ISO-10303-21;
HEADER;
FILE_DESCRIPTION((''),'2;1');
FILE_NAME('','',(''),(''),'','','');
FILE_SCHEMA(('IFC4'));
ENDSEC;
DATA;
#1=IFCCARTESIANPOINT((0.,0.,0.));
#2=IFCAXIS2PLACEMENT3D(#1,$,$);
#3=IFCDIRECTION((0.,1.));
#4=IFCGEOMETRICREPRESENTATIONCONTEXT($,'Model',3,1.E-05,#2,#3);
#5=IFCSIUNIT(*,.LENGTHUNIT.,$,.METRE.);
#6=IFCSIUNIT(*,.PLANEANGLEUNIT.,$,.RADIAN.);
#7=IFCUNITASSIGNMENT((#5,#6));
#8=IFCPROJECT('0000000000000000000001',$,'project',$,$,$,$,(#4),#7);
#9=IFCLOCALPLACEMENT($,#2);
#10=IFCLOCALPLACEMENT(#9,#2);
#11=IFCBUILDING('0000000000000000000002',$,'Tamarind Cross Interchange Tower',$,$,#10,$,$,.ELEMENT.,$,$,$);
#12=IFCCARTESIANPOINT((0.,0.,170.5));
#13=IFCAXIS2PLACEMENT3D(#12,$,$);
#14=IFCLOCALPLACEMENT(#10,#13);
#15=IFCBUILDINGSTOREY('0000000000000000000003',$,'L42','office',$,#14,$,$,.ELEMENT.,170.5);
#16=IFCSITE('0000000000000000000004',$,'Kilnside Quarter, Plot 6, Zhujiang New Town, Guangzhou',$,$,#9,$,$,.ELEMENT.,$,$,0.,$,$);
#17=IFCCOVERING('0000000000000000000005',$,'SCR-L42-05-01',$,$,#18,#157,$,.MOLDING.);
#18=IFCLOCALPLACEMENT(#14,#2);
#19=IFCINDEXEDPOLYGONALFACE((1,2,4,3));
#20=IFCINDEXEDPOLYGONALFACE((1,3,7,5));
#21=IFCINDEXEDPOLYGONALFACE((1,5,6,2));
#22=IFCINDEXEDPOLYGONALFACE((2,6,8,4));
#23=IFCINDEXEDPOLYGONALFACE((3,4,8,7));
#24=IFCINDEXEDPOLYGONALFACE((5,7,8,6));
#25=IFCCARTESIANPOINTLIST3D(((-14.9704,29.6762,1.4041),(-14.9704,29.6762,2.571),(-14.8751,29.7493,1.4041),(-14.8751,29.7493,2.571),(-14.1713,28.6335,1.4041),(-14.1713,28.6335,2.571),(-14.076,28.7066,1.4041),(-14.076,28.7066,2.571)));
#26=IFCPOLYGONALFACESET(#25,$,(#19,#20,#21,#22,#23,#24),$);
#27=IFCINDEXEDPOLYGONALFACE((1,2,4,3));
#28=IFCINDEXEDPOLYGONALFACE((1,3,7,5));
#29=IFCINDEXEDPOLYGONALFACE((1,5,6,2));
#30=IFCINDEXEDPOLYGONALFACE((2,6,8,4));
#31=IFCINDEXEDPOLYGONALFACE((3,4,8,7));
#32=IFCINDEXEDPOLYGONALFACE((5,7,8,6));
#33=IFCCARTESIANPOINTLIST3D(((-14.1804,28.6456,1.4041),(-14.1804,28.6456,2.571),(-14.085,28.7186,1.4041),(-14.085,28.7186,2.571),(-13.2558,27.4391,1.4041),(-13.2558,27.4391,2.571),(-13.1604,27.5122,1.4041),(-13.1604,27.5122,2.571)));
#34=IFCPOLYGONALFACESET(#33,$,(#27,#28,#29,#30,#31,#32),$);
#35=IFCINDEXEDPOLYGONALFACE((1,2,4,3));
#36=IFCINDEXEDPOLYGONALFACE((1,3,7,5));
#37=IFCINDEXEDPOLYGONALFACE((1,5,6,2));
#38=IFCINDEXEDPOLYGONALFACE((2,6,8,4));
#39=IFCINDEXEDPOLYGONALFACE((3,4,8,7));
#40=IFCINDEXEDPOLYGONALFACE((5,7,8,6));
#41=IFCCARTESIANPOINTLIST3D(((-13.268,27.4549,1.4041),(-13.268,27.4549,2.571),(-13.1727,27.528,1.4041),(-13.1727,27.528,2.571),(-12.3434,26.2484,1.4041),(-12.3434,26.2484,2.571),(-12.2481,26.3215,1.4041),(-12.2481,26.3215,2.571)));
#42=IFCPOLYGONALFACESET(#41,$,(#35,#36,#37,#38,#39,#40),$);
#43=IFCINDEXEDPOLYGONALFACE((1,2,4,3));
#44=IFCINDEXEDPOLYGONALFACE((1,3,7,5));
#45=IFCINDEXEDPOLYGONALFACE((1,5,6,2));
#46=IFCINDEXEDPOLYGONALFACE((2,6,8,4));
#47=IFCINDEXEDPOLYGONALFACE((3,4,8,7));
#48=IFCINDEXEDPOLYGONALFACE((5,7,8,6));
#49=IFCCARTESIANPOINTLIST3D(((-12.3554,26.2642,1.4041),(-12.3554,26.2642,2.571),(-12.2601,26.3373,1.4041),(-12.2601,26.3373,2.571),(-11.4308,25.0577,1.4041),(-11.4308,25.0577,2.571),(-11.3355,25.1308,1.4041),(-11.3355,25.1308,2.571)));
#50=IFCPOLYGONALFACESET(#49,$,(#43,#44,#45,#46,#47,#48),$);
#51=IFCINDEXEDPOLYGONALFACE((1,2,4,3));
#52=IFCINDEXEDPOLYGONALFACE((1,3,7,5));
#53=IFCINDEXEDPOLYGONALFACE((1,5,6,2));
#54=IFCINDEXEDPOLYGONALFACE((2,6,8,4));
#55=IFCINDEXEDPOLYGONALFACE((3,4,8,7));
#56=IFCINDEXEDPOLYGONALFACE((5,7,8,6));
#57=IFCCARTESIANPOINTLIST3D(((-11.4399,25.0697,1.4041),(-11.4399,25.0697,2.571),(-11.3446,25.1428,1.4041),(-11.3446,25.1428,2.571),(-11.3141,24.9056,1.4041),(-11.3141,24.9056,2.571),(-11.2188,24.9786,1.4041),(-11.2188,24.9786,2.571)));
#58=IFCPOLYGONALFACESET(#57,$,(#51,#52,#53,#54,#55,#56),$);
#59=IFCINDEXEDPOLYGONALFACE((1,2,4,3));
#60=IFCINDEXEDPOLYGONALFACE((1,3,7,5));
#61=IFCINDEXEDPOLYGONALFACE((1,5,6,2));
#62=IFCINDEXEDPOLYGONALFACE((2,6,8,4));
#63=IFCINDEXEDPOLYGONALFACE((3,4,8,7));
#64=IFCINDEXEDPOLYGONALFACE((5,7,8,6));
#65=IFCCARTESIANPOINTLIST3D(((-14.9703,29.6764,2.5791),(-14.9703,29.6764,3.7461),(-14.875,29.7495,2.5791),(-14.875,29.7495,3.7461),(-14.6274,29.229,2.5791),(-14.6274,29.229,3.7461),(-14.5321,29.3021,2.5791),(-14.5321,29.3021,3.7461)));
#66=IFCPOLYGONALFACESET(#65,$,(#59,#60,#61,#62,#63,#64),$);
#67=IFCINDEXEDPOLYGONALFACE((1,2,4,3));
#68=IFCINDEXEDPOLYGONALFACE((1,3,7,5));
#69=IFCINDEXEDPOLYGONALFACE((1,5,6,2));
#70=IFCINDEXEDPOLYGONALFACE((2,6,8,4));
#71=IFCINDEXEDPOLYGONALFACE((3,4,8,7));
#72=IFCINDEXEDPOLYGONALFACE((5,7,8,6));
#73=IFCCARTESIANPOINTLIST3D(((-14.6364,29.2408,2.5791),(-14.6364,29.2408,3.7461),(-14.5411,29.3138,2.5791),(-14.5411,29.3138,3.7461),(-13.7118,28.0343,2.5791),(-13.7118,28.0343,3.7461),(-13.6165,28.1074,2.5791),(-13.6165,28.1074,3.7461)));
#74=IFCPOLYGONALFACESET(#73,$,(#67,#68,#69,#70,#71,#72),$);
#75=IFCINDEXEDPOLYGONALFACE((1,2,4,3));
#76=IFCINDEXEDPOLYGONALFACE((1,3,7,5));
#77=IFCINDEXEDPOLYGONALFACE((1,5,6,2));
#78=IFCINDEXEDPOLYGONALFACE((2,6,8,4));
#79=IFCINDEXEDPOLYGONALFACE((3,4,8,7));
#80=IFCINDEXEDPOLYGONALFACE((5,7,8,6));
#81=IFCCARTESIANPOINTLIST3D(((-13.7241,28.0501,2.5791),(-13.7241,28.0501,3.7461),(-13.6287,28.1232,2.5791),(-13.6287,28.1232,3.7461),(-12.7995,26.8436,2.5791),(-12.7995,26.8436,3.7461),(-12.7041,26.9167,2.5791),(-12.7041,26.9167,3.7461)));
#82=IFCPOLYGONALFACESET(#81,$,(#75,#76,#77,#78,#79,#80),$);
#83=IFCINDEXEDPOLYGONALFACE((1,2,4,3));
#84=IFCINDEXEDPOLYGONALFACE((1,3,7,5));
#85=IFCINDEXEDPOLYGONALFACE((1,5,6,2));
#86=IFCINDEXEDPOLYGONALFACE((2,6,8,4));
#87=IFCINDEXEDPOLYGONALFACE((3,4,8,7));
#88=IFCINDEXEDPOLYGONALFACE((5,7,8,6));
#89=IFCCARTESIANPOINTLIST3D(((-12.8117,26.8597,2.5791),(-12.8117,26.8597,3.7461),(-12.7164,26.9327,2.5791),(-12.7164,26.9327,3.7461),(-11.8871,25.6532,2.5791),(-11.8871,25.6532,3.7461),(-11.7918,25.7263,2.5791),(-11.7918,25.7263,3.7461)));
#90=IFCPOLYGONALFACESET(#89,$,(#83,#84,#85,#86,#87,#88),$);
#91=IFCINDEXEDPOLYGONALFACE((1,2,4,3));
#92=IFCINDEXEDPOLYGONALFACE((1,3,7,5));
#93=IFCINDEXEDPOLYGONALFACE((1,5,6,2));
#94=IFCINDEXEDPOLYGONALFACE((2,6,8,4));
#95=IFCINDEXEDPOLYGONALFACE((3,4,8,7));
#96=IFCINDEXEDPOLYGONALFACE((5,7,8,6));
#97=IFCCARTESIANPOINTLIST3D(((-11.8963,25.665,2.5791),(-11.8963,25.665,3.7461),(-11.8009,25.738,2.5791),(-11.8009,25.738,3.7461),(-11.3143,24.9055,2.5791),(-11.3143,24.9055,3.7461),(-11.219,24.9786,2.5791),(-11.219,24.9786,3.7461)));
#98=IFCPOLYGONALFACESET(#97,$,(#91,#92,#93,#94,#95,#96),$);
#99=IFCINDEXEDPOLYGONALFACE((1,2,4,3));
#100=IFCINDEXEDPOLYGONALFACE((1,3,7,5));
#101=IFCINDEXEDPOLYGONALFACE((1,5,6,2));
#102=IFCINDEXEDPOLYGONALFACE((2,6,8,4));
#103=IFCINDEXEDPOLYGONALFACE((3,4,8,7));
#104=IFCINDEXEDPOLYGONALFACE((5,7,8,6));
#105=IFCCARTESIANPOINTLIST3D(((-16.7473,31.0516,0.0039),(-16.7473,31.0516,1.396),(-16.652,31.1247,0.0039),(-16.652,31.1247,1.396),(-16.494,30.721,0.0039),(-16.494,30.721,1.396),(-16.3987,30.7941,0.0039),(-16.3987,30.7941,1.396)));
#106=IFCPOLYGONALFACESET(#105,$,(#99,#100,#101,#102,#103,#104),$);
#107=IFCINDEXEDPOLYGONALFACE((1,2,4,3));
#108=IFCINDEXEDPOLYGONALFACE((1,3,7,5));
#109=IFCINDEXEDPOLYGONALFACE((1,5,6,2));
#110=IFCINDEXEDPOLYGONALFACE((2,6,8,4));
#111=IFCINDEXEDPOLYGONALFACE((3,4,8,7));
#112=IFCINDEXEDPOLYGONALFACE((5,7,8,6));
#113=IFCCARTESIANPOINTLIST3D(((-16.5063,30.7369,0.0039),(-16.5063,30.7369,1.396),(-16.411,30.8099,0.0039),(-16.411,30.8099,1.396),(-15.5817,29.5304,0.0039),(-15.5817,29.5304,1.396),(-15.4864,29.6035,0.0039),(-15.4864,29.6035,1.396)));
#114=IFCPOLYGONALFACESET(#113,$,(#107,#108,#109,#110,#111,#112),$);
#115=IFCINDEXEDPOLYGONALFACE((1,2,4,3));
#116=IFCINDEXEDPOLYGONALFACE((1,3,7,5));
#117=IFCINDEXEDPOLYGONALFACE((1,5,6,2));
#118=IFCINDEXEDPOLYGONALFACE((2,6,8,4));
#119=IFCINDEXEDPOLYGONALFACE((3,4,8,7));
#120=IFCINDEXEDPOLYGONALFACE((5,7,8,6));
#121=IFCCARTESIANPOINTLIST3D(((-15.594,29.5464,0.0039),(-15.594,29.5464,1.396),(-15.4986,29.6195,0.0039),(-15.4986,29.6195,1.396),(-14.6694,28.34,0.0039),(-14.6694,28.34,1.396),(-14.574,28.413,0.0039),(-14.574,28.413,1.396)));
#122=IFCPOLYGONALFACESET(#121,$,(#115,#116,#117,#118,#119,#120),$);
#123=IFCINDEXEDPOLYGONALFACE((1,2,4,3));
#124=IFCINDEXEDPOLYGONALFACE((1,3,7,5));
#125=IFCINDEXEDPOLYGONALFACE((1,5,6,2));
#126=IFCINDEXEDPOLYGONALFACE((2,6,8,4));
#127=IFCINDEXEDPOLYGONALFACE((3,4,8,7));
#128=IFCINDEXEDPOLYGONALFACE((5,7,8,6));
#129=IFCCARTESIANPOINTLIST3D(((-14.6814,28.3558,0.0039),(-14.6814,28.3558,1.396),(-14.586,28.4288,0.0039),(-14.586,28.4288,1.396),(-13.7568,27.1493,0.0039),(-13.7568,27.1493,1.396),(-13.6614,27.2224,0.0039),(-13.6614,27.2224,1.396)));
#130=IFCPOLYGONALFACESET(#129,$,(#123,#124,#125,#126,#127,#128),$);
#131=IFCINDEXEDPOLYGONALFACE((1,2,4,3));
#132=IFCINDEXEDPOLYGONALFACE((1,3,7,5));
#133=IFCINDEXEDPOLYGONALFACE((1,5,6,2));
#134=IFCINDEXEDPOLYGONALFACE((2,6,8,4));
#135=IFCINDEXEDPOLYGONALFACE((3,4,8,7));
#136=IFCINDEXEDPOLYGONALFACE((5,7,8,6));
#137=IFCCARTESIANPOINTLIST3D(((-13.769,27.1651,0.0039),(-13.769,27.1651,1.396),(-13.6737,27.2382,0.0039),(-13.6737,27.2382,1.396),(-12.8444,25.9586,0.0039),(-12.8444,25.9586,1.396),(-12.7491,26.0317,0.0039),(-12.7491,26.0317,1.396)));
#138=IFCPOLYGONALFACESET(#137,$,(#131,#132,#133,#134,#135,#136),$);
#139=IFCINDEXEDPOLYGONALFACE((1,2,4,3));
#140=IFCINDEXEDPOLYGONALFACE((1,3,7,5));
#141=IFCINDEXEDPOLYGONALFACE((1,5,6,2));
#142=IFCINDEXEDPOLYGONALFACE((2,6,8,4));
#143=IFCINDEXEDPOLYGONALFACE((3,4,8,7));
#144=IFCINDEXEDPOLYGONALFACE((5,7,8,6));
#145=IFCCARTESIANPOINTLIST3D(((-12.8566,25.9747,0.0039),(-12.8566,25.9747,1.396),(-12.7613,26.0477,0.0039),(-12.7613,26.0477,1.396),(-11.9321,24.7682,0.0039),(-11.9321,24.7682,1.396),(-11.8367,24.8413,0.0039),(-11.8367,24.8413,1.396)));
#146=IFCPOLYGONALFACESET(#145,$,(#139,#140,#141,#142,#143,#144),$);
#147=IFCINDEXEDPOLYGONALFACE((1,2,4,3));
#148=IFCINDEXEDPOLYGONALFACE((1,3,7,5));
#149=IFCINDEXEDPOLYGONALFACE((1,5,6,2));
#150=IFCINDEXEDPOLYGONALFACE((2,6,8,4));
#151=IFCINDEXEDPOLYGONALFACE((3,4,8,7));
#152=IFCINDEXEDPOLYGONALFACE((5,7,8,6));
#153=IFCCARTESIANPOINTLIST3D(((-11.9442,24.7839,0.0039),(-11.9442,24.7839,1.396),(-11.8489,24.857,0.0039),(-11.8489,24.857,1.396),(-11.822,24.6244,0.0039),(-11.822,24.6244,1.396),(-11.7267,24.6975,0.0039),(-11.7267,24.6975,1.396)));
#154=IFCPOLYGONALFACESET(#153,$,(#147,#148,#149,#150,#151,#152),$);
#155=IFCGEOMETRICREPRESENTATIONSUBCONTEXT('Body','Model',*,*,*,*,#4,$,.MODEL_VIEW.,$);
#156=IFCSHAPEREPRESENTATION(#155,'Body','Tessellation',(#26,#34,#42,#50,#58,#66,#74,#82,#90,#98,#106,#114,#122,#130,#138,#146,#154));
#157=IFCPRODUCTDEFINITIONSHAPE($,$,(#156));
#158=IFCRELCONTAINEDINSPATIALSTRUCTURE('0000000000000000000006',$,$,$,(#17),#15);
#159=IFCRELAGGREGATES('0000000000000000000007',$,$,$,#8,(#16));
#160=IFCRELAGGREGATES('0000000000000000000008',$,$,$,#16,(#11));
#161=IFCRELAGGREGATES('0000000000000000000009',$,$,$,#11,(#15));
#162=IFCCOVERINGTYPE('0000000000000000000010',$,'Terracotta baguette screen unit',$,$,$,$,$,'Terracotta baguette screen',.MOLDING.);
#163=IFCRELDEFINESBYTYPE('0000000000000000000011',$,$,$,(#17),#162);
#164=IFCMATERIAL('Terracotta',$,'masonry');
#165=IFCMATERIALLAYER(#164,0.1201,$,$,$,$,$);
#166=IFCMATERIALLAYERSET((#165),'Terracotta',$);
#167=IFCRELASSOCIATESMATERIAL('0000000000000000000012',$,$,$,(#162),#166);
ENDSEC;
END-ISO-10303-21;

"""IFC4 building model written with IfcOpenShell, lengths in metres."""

from ifc_helpers import new_model, si_unit, direction, frame, origin, origin_2d, place, context, subcontext, project, spatial, rectangle, extrude, material, layer, layer_set, type_object, element, save


model = new_model("IFC4")

# Units and contexts
model_context = context("Model", 3, precision=1e-05, world=origin(), true_north=direction((0.0, 1.0)))
body_context = subcontext(model_context, "Body", "Model", "MODEL_VIEW")
ifc_project = project(units=[si_unit("LENGTHUNIT", "METRE"), si_unit("PLANEANGLEUNIT", "RADIAN")], contexts=[model_context])

# Site, building, storey
site_placement = place(None, origin())
site = spatial("IfcSite", under=ifc_project, at=site_placement, Name="Kilnside Quarter, Plot 6, Zhujiang New Town, Guangzhou", CompositionType="ELEMENT", RefElevation=0.0)
building_placement = place(site_placement, origin())
building = spatial("IfcBuilding", under=site, at=building_placement, Name="Tamarind Cross Interchange Tower", CompositionType="ELEMENT")
storey_placement = place(building_placement, frame((0.0, 0.0, 170.5)))
storey = spatial("IfcBuildingStorey", under=building, at=storey_placement, Name="L42", Description="office", CompositionType="ELEMENT", Elevation=170.5)

# Covering
ifc_material_1 = material(Name="Terracotta", Category="masonry")
ifc_layer_1 = layer(ifc_material_1, 0.1201)
ifc_layer_set_1 = layer_set([ifc_layer_1], Name="Terracotta")
covering_type = type_object("IfcCoveringType", Name="Terracotta baguette screen unit", ElementType="Terracotta baguette screen", PredefinedType="MOLDING", material=ifc_layer_set_1)
covering_1_placement = place(storey_placement, origin())
element("IfcCovering", 1, at=covering_1_placement, inside=storey, type_object=covering_type, Name="SCR-L42-05-01", PredefinedType="MOLDING", context=body_context, shape_type="SweptSolid", body=[
    extrude(rectangle(XDim=1.3137, YDim=0.1201, at=origin_2d()), frame((-14.5232, 29.1914, 1.4041), z_axis=(0.0, 0.0, 1.0), x_axis=(0.608277, -0.793725, 0.0)), (0.0, 0.0, 1.0), 1.167),
    extrude(rectangle(XDim=1.52, YDim=0.1201, at=origin_2d()), frame((-13.6704, 28.0789, 1.4041), z_axis=(0.0, 0.0, 1.0), x_axis=(0.608277, -0.793725, 0.0)), (0.0, 0.0, 1.0), 1.167),
    extrude(rectangle(XDim=1.52, YDim=0.1201, at=origin_2d()), frame((-12.7581, 26.8882, 1.4041), z_axis=(0.0, 0.0, 1.0), x_axis=(0.608277, -0.793725, 0.0)), (0.0, 0.0, 1.0), 1.167),
    extrude(rectangle(XDim=1.52, YDim=0.1201, at=origin_2d()), frame((-11.8455, 25.6975, 1.4041), z_axis=(0.0, 0.0, 1.0), x_axis=(0.608277, -0.793725, 0.0)), (0.0, 0.0, 1.0), 1.167),
    extrude(rectangle(XDim=0.2068, YDim=0.1201, at=origin_2d()), frame((-11.3293, 25.0242, 1.4041), z_axis=(0.0, 0.0, 1.0), x_axis=(0.608277, -0.793725, 0.0)), (0.0, 0.0, 1.0), 1.167),
    extrude(rectangle(XDim=0.5637, YDim=0.1201, at=origin_2d()), frame((-14.7512, 29.4893, 2.5791), z_axis=(0.0, 0.0, 1.0), x_axis=(0.608277, -0.793725, 0.0)), (0.0, 0.0, 1.0), 1.167),
    extrude(rectangle(XDim=1.52, YDim=0.1201, at=origin_2d()), frame((-14.1265, 28.6741, 2.5791), z_axis=(0.0, 0.0, 1.0), x_axis=(0.608277, -0.793725, 0.0)), (0.0, 0.0, 1.0), 1.167),
    extrude(rectangle(XDim=1.52, YDim=0.1201, at=origin_2d()), frame((-13.2141, 27.4834, 2.5791), z_axis=(0.0, 0.0, 1.0), x_axis=(0.608277, -0.793725, 0.0)), (0.0, 0.0, 1.0), 1.167),
    extrude(rectangle(XDim=1.52, YDim=0.1201, at=origin_2d()), frame((-12.3018, 26.293, 2.5791), z_axis=(0.0, 0.0, 1.0), x_axis=(0.608277, -0.793725, 0.0)), (0.0, 0.0, 1.0), 1.167),
    extrude(rectangle(XDim=0.9568, YDim=0.1201, at=origin_2d()), frame((-11.5576, 25.3218, 2.5791), z_axis=(0.0, 0.0, 1.0), x_axis=(0.608277, -0.793725, 0.0)), (0.0, 0.0, 1.0), 1.167),
    extrude(rectangle(XDim=0.4165, YDim=0.1201, at=origin_2d()), frame((-16.573, 30.9229, 0.0039), z_axis=(0.0, 0.0, 1.0), x_axis=(0.608277, -0.793725, 0.0)), (0.0, 0.0, 1.0), 1.3921),
    extrude(rectangle(XDim=1.52, YDim=0.1201, at=origin_2d()), frame((-15.9963, 30.1702, 0.0039), z_axis=(0.0, 0.0, 1.0), x_axis=(0.608277, -0.793725, 0.0)), (0.0, 0.0, 1.0), 1.3921),
    extrude(rectangle(XDim=1.52, YDim=0.1201, at=origin_2d()), frame((-15.084, 28.9797, 0.0039), z_axis=(0.0, 0.0, 1.0), x_axis=(0.608277, -0.793725, 0.0)), (0.0, 0.0, 1.0), 1.3921),
    extrude(rectangle(XDim=1.52, YDim=0.1201, at=origin_2d()), frame((-14.1714, 27.7891, 0.0039), z_axis=(0.0, 0.0, 1.0), x_axis=(0.608277, -0.793725, 0.0)), (0.0, 0.0, 1.0), 1.3921),
    extrude(rectangle(XDim=1.52, YDim=0.1201, at=origin_2d()), frame((-13.259, 26.5984, 0.0039), z_axis=(0.0, 0.0, 1.0), x_axis=(0.608277, -0.793725, 0.0)), (0.0, 0.0, 1.0), 1.3921),
    extrude(rectangle(XDim=1.52, YDim=0.1201, at=origin_2d()), frame((-12.3467, 25.408, 0.0039), z_axis=(0.0, 0.0, 1.0), x_axis=(0.608277, -0.793725, 0.0)), (0.0, 0.0, 1.0), 1.3921),
    extrude(rectangle(XDim=0.2009, YDim=0.1201, at=origin_2d()), frame((-11.8354, 24.7407, 0.0039), z_axis=(0.0, 0.0, 1.0), x_axis=(0.608277, -0.793725, 0.0)), (0.0, 0.0, 1.0), 1.3921),
])

save(model, "model.ifc")
